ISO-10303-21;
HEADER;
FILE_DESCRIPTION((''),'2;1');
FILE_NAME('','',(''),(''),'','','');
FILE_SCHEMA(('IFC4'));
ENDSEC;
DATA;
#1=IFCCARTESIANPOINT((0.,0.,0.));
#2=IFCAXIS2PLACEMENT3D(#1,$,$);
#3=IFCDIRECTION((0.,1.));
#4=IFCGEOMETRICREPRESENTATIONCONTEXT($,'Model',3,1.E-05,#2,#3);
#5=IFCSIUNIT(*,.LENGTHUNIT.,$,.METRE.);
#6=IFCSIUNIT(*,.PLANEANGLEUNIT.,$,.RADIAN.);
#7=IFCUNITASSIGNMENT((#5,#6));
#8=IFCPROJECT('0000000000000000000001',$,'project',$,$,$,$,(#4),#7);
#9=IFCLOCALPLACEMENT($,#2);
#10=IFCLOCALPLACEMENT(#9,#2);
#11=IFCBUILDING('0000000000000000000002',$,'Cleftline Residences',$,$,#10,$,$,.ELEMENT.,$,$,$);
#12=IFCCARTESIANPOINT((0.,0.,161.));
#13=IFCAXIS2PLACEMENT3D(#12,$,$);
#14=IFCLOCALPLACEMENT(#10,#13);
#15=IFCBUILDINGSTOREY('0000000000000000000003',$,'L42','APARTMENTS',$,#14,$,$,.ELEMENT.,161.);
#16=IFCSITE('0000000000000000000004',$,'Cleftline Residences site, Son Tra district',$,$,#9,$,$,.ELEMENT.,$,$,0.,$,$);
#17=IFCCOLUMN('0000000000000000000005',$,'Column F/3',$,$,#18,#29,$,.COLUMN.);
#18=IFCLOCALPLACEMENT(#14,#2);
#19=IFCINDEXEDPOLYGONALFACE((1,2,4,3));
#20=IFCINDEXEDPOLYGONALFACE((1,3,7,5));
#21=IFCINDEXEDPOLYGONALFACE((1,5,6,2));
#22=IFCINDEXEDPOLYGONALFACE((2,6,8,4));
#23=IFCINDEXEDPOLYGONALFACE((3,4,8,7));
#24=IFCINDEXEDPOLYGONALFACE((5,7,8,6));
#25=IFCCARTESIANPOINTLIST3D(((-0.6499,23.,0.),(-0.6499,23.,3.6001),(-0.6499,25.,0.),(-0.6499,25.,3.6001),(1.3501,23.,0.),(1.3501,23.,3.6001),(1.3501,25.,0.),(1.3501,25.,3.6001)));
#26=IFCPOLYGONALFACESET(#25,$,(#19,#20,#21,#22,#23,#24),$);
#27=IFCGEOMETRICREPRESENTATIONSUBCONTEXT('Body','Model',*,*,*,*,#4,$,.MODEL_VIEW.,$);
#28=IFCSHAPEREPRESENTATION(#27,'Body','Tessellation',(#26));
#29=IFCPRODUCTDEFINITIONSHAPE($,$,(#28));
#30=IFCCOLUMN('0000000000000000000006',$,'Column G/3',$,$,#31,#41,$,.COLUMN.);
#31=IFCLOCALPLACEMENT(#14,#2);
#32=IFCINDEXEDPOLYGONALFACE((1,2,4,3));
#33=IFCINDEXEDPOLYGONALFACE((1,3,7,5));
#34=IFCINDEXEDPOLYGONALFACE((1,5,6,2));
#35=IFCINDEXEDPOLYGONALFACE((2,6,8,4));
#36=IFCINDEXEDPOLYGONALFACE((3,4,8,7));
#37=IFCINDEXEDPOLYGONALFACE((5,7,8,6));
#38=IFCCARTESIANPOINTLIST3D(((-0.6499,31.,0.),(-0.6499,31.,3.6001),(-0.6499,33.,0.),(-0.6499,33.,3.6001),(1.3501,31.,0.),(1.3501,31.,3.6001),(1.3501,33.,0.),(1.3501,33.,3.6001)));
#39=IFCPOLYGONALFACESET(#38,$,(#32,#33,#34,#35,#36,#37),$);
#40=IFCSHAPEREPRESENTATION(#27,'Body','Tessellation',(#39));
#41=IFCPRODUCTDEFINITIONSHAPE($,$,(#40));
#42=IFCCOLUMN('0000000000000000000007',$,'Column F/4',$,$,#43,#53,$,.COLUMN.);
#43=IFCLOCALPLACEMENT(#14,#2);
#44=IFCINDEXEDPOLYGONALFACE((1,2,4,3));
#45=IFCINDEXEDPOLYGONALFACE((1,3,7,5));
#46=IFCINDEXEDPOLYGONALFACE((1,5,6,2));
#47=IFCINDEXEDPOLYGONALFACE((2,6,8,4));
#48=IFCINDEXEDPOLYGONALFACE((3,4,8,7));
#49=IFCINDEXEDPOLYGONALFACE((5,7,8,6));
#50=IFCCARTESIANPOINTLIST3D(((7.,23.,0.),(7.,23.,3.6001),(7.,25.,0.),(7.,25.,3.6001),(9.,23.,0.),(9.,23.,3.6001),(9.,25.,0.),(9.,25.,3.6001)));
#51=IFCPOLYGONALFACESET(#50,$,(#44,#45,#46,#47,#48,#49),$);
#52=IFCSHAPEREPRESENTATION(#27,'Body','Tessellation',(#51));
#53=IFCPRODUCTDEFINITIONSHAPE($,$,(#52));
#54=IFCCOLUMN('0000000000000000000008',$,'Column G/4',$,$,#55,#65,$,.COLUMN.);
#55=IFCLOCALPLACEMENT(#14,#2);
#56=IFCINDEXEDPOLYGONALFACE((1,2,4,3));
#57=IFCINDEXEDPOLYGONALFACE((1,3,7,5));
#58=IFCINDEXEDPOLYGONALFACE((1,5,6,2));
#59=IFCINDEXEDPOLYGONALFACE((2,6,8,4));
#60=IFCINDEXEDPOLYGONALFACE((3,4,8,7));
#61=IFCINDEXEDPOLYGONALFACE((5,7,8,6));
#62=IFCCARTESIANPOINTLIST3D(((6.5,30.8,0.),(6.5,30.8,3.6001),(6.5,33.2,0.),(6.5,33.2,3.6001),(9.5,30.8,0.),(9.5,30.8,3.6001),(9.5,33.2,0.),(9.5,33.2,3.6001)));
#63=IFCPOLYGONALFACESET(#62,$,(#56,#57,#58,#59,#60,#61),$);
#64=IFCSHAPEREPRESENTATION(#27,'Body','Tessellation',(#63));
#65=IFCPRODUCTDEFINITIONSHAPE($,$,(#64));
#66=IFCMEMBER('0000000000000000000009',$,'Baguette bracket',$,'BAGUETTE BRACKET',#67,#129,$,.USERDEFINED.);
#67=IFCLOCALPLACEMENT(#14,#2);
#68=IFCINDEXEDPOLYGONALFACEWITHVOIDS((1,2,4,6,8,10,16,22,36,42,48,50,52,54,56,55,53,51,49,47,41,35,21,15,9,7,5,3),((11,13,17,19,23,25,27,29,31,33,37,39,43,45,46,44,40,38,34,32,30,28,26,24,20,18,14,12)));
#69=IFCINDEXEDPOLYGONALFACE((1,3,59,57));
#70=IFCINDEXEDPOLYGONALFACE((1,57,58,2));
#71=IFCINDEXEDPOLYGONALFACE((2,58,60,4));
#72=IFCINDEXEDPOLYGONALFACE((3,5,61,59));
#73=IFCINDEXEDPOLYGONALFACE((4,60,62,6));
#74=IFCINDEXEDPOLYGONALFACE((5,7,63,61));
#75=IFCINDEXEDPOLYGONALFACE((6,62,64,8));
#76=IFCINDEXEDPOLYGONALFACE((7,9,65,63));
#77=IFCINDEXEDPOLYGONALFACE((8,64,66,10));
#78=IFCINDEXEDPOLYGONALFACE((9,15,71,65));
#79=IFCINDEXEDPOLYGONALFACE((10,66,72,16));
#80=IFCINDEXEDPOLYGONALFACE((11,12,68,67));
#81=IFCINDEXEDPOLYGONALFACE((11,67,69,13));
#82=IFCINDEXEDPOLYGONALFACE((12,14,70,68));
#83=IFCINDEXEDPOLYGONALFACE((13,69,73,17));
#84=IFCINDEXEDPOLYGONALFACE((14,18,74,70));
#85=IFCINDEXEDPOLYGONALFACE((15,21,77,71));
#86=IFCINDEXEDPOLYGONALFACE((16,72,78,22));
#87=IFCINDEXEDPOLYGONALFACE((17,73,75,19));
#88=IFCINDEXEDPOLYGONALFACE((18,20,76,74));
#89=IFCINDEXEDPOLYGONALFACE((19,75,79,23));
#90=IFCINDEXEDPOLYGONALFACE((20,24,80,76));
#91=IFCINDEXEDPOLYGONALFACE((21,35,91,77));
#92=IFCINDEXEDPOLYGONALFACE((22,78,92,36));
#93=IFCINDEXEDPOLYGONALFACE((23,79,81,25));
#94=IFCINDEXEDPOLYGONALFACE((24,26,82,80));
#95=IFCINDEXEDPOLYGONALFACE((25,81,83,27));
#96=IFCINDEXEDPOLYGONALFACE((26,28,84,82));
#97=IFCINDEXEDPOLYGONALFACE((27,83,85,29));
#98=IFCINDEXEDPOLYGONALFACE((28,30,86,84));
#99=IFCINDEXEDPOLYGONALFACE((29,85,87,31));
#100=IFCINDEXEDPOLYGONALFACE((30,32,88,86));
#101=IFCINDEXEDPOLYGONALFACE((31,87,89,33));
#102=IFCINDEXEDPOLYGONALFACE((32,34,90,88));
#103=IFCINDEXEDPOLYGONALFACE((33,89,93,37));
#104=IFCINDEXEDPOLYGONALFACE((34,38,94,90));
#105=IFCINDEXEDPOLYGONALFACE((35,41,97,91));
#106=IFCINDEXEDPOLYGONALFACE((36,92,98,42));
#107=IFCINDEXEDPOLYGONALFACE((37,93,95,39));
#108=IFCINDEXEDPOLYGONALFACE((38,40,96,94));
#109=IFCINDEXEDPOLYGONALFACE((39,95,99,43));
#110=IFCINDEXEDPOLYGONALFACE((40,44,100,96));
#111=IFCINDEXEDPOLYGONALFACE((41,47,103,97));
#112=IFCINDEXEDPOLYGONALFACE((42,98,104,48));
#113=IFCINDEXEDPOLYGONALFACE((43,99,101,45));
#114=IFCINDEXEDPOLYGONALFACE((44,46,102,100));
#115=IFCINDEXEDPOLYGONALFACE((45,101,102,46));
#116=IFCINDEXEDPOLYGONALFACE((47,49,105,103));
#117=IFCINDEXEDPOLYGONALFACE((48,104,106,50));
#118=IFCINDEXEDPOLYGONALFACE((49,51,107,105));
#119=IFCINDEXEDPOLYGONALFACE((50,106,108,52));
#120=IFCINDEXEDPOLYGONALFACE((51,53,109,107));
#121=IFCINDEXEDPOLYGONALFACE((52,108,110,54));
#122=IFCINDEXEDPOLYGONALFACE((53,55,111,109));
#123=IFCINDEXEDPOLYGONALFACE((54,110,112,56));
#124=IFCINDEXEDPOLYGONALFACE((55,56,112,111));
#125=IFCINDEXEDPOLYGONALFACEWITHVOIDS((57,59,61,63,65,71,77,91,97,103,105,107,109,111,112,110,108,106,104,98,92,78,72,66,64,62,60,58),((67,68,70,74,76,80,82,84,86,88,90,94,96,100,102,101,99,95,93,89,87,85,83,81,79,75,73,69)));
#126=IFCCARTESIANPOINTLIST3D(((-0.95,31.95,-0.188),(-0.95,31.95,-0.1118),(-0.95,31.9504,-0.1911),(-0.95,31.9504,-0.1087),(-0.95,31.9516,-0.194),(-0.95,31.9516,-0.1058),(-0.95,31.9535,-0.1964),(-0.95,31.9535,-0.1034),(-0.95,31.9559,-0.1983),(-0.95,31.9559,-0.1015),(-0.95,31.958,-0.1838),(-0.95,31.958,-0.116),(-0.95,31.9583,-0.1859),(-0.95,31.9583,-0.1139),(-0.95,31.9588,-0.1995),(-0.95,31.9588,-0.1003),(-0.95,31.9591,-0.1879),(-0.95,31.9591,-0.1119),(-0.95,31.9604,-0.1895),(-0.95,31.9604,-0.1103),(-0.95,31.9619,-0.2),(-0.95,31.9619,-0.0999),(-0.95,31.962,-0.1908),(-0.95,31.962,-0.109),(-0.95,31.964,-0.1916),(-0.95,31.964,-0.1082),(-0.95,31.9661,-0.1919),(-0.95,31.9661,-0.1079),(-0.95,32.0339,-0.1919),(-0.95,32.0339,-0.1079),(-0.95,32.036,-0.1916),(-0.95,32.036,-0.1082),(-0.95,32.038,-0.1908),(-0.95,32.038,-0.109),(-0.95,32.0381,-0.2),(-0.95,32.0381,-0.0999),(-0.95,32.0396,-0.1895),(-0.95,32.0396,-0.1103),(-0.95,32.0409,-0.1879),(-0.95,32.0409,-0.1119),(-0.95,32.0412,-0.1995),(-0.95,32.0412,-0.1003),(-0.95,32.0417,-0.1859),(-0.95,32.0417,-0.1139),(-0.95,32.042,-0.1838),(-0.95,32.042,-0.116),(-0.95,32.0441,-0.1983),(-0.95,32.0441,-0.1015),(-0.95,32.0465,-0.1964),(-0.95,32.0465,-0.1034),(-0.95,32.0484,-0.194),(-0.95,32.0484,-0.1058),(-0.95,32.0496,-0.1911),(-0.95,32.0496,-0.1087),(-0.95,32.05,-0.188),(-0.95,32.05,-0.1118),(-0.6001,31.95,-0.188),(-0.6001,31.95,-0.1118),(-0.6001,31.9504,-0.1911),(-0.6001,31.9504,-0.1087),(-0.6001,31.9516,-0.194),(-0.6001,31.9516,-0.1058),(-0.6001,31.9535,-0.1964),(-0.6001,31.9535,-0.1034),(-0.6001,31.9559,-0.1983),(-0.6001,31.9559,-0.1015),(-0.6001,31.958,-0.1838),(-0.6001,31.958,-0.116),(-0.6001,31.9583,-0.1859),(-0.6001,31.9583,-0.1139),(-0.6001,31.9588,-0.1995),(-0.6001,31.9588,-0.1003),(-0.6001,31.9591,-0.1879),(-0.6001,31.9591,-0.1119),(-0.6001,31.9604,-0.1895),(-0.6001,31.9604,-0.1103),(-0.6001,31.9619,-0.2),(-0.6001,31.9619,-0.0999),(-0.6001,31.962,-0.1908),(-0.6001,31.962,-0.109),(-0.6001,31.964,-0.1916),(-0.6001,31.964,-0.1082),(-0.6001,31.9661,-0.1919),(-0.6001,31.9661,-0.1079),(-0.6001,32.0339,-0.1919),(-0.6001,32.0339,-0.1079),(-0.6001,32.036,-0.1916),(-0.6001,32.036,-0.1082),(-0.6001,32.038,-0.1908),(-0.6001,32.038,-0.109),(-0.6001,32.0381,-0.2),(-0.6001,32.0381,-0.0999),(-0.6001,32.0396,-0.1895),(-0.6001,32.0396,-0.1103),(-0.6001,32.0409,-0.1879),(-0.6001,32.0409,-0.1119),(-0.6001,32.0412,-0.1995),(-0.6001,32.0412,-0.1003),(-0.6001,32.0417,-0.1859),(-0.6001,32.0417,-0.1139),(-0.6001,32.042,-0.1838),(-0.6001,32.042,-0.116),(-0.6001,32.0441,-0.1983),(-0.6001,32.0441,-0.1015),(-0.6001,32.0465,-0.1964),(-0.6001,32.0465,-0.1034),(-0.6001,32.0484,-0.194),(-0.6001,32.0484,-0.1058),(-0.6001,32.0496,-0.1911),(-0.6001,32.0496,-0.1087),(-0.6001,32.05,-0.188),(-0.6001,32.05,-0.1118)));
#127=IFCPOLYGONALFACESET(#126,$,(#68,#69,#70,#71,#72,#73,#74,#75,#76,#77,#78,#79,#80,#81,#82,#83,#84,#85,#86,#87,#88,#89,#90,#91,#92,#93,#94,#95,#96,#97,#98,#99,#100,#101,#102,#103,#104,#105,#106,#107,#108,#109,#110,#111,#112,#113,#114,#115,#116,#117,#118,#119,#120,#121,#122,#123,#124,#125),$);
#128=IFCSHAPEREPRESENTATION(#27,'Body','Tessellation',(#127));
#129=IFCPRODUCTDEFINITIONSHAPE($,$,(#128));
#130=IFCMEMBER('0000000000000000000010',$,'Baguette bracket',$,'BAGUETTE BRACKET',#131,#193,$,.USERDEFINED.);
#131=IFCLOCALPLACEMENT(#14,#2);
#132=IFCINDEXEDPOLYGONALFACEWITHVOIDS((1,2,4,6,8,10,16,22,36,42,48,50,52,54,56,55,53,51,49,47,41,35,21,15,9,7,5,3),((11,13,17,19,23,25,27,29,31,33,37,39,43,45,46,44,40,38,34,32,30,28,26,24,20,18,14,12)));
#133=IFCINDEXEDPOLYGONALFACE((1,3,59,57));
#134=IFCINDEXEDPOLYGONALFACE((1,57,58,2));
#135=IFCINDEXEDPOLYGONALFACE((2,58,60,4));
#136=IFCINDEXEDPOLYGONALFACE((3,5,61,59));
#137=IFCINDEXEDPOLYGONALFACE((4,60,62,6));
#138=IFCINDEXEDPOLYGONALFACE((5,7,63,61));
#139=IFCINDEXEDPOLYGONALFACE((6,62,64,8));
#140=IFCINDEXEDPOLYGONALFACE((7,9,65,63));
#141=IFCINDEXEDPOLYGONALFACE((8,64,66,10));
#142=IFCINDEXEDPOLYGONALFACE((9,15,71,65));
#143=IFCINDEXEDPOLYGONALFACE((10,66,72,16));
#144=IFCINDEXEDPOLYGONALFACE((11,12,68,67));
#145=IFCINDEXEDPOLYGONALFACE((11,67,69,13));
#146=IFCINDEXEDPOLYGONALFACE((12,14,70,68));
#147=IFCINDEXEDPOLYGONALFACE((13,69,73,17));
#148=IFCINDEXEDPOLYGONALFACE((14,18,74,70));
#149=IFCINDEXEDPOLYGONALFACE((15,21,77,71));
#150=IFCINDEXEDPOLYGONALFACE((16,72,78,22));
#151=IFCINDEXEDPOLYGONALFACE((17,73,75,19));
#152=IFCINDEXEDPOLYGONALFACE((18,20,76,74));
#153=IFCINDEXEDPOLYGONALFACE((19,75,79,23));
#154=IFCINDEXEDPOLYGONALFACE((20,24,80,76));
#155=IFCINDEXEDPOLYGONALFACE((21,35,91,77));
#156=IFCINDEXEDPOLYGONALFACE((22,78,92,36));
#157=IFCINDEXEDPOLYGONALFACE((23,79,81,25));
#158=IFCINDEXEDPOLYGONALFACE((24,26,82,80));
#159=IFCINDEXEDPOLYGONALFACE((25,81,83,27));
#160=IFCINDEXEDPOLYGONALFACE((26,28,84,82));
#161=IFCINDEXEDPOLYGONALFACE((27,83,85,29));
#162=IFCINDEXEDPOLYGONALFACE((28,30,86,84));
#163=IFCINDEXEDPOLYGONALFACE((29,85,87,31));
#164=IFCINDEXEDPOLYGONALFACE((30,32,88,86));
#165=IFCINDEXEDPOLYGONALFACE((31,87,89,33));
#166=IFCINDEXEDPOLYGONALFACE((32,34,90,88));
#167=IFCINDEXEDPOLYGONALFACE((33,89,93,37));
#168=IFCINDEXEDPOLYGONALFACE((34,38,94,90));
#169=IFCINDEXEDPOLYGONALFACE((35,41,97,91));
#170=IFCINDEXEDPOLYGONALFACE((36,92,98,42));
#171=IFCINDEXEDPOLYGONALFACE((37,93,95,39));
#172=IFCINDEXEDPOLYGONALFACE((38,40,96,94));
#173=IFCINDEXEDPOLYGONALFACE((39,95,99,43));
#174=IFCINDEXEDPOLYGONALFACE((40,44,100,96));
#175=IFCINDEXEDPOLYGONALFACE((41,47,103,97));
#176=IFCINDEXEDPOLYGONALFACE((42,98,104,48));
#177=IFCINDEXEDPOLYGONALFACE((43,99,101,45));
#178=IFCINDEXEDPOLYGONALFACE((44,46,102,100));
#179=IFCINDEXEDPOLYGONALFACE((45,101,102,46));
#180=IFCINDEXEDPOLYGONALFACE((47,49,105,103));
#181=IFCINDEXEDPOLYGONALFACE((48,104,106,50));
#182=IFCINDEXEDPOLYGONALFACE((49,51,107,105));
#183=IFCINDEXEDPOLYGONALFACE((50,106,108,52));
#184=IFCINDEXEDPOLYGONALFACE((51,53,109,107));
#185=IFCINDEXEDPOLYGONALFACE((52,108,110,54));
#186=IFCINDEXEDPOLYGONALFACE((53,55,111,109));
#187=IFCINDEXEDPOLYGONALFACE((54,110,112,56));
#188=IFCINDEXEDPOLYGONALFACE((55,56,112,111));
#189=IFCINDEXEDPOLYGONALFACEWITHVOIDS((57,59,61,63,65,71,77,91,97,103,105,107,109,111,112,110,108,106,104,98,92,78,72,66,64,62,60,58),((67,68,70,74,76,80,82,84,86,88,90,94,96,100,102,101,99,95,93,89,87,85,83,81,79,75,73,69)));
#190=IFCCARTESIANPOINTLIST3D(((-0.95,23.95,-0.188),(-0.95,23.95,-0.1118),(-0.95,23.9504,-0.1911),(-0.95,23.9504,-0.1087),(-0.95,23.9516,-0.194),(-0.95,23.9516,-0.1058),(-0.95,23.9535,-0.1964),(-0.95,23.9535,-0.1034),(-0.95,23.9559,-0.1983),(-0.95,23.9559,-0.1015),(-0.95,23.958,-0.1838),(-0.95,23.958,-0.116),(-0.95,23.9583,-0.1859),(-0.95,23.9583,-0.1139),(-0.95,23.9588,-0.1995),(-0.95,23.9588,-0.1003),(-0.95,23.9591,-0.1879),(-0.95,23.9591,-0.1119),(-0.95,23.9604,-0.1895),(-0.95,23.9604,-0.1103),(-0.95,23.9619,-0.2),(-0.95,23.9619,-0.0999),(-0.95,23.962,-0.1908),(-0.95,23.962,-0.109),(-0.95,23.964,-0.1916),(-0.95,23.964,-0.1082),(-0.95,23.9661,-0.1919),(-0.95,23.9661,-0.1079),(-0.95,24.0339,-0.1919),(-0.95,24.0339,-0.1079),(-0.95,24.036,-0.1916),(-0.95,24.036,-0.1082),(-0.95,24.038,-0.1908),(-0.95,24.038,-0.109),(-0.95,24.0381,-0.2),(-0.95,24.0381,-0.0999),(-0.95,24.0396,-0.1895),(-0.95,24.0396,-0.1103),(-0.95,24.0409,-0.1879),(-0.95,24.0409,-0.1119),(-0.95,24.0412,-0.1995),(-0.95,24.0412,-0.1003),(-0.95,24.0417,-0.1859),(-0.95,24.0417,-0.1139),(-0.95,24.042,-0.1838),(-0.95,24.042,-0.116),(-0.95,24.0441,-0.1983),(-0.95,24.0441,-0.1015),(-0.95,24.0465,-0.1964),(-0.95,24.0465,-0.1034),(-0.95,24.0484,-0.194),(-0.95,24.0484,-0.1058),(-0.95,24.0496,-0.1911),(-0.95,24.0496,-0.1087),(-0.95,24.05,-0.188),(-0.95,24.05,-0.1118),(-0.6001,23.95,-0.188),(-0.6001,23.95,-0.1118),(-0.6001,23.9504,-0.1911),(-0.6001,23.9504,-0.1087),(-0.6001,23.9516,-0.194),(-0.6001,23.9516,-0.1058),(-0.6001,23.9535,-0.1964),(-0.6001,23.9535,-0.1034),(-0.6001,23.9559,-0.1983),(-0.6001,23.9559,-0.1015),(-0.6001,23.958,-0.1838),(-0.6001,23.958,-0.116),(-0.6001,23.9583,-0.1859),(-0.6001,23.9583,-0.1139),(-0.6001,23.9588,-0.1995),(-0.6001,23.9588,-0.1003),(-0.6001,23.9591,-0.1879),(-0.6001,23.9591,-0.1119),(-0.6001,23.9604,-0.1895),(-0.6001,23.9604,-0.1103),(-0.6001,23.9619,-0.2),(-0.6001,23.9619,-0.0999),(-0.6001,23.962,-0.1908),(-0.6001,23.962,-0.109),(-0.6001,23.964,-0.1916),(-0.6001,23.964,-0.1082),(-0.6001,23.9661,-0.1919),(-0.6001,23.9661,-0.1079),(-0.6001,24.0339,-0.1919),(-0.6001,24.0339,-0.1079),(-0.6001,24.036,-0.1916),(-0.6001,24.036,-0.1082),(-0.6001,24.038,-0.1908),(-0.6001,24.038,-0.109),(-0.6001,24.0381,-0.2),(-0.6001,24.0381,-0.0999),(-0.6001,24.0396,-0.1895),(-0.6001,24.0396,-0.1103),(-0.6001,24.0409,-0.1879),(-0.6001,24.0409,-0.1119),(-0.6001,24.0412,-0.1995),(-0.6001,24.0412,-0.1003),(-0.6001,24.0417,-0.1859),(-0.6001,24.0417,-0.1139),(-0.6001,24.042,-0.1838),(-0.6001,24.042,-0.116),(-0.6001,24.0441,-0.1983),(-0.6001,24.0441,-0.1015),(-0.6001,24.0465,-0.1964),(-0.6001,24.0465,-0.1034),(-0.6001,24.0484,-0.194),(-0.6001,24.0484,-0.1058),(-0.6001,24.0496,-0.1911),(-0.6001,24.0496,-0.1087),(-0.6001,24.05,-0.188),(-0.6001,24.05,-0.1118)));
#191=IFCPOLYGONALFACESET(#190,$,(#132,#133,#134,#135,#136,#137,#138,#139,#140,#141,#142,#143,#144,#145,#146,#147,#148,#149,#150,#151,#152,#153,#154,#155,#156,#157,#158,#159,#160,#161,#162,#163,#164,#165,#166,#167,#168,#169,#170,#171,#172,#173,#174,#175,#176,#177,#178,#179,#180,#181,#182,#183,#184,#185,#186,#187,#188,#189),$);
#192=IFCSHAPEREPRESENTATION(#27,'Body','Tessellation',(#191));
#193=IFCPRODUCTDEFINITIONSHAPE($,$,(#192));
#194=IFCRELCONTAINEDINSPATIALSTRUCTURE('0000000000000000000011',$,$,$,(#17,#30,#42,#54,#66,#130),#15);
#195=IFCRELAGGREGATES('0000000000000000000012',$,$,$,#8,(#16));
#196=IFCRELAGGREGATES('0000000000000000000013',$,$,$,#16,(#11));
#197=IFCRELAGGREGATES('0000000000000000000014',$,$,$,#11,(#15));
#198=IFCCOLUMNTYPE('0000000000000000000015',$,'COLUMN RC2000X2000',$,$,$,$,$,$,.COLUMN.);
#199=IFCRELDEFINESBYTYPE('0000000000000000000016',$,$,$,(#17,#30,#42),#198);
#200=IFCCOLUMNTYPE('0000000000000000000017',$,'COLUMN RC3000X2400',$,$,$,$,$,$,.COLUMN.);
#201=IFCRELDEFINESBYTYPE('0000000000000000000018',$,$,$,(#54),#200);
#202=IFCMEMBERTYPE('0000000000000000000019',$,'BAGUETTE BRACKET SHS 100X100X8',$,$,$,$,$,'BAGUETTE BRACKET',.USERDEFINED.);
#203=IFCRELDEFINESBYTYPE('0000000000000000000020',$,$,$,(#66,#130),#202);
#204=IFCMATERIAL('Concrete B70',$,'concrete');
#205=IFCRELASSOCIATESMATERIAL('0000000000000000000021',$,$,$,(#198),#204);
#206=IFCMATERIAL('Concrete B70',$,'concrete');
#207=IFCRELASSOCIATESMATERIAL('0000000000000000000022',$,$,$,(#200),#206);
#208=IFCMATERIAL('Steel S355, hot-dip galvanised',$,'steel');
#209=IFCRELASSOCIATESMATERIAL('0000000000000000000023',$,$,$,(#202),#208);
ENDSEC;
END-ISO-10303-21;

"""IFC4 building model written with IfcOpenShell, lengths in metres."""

from ifc_helpers import new_model, si_unit, direction, frame, origin, origin_2d, place, context, subcontext, project, spatial, rectangle, hollow_rectangle, extrude, material, material_profile, profile_set, type_object, element, save


model = new_model("IFC4")

# Units and contexts
model_context = context("Model", 3, precision=1e-05, world=origin(), true_north=direction((0.0, 1.0)))
body_context = subcontext(model_context, "Body", "Model", "MODEL_VIEW")
ifc_project = project(units=[si_unit("LENGTHUNIT", "METRE"), si_unit("PLANEANGLEUNIT", "RADIAN")], contexts=[model_context])

# Site, building, storey
site_placement = place(None, origin())
site = spatial("IfcSite", under=ifc_project, at=site_placement, Name="Cleftline Residences site, Son Tra district", CompositionType="ELEMENT", RefElevation=0.0)
building_placement = place(site_placement, origin())
building = spatial("IfcBuilding", under=site, at=building_placement, Name="Cleftline Residences", CompositionType="ELEMENT")
storey_placement = place(building_placement, frame((0.0, 0.0, 161.0)))
storey = spatial("IfcBuildingStorey", under=building, at=storey_placement, Name="L42", Description="APARTMENTS", CompositionType="ELEMENT", Elevation=161.0)

# Columns
ifc_material_1 = material(Name="Concrete B70", Category="concrete")
ifc_material_profile_1 = material_profile(ifc_material_1, rectangle(XDim=2.0, YDim=2.0, at=origin_2d()))
ifc_profile_set_1 = profile_set([ifc_material_profile_1], Name="Concrete B70")
column_type_1 = type_object("IfcColumnType", Name="COLUMN RC2000X2000", PredefinedType="COLUMN", material=ifc_profile_set_1)
for number, where, z_axis, x_axis, name in (
    (1, (0.3501, 24.0, 0.0), (0.0, 0.0, 1.0), (1.0, 0.0, 0.0), "Column F/3"),
    (2, (0.3501, 32.0, 0.0), (0.0, 0.0, 1.0), (1.0, 0.0, 0.0), "Column G/3"),
    (3, (8.0, 24.0, 0.0), (0.0, 0.0, 1.0), (1.0, 0.0, 0.0), "Column F/4"),
):
    element("IfcColumn", number, at=place(storey_placement, frame(where, z_axis=z_axis, x_axis=x_axis)), inside=storey, type_object=column_type_1, Name=name, PredefinedType="COLUMN", context=body_context, shape_type="SweptSolid", body=[
        extrude(rectangle(XDim=2.0, YDim=2.0, at=origin_2d()), origin(), (0.0, 0.0, 1.0), 3.6001),
    ])
ifc_material_2 = material(Name="Concrete B70", Category="concrete")
ifc_material_profile_2 = material_profile(ifc_material_2, rectangle(XDim=3.0, YDim=2.3999, at=origin_2d()))
ifc_profile_set_2 = profile_set([ifc_material_profile_2], Name="Concrete B70")
column_type_2 = type_object("IfcColumnType", Name="COLUMN RC3000X2400", PredefinedType="COLUMN", material=ifc_profile_set_2)
column_placement = place(storey_placement, frame((8.0, 32.0, 0.0), z_axis=(0.0, 0.0, 1.0), x_axis=(1.0, 0.0, 0.0)))
element("IfcColumn", 4, at=column_placement, inside=storey, type_object=column_type_2, Name="Column G/4", PredefinedType="COLUMN", context=body_context, shape_type="SweptSolid", body=[
    extrude(rectangle(XDim=3.0, YDim=2.3999, at=origin_2d()), origin(), (0.0, 0.0, 1.0), 3.6001),
])

# Members
ifc_material_3 = material(Name="Steel S355, hot-dip galvanised", Category="steel")
ifc_material_profile_3 = material_profile(ifc_material_3, hollow_rectangle(XDim=0.1001, YDim=0.1001, WallThickness=0.0081, InnerFilletRadius=0.0081, OuterFilletRadius=0.012, at=origin_2d()))
ifc_profile_set_3 = profile_set([ifc_material_profile_3], Name="Steel S355, hot-dip galvanised")
member_type_1 = type_object("IfcMemberType", Name="BAGUETTE BRACKET SHS 100X100X8", ElementType="BAGUETTE BRACKET", PredefinedType="USERDEFINED", material=ifc_profile_set_3)
for number, where, z_axis, x_axis, name in (
    (5, (-0.6001, 32.0, -0.1499), (-1.0, 0.0, 0.0), (0.0, -1.0, 0.0), "Baguette bracket"),
    (6, (-0.6001, 24.0, -0.1499), (-1.0, 0.0, 0.0), (0.0, -1.0, 0.0), "Baguette bracket"),
):
    element("IfcMember", number, at=place(storey_placement, frame(where, z_axis=z_axis, x_axis=x_axis)), inside=storey, type_object=member_type_1, Name=name, ObjectType="BAGUETTE BRACKET", PredefinedType="USERDEFINED", context=body_context, shape_type="SweptSolid", body=[
        extrude(hollow_rectangle(XDim=0.1001, YDim=0.1001, WallThickness=0.0081, InnerFilletRadius=0.0081, OuterFilletRadius=0.012, at=origin_2d()), origin(), (0.0, 0.0, 1.0), 0.3499),
    ])

save(model, "model.ifc")
